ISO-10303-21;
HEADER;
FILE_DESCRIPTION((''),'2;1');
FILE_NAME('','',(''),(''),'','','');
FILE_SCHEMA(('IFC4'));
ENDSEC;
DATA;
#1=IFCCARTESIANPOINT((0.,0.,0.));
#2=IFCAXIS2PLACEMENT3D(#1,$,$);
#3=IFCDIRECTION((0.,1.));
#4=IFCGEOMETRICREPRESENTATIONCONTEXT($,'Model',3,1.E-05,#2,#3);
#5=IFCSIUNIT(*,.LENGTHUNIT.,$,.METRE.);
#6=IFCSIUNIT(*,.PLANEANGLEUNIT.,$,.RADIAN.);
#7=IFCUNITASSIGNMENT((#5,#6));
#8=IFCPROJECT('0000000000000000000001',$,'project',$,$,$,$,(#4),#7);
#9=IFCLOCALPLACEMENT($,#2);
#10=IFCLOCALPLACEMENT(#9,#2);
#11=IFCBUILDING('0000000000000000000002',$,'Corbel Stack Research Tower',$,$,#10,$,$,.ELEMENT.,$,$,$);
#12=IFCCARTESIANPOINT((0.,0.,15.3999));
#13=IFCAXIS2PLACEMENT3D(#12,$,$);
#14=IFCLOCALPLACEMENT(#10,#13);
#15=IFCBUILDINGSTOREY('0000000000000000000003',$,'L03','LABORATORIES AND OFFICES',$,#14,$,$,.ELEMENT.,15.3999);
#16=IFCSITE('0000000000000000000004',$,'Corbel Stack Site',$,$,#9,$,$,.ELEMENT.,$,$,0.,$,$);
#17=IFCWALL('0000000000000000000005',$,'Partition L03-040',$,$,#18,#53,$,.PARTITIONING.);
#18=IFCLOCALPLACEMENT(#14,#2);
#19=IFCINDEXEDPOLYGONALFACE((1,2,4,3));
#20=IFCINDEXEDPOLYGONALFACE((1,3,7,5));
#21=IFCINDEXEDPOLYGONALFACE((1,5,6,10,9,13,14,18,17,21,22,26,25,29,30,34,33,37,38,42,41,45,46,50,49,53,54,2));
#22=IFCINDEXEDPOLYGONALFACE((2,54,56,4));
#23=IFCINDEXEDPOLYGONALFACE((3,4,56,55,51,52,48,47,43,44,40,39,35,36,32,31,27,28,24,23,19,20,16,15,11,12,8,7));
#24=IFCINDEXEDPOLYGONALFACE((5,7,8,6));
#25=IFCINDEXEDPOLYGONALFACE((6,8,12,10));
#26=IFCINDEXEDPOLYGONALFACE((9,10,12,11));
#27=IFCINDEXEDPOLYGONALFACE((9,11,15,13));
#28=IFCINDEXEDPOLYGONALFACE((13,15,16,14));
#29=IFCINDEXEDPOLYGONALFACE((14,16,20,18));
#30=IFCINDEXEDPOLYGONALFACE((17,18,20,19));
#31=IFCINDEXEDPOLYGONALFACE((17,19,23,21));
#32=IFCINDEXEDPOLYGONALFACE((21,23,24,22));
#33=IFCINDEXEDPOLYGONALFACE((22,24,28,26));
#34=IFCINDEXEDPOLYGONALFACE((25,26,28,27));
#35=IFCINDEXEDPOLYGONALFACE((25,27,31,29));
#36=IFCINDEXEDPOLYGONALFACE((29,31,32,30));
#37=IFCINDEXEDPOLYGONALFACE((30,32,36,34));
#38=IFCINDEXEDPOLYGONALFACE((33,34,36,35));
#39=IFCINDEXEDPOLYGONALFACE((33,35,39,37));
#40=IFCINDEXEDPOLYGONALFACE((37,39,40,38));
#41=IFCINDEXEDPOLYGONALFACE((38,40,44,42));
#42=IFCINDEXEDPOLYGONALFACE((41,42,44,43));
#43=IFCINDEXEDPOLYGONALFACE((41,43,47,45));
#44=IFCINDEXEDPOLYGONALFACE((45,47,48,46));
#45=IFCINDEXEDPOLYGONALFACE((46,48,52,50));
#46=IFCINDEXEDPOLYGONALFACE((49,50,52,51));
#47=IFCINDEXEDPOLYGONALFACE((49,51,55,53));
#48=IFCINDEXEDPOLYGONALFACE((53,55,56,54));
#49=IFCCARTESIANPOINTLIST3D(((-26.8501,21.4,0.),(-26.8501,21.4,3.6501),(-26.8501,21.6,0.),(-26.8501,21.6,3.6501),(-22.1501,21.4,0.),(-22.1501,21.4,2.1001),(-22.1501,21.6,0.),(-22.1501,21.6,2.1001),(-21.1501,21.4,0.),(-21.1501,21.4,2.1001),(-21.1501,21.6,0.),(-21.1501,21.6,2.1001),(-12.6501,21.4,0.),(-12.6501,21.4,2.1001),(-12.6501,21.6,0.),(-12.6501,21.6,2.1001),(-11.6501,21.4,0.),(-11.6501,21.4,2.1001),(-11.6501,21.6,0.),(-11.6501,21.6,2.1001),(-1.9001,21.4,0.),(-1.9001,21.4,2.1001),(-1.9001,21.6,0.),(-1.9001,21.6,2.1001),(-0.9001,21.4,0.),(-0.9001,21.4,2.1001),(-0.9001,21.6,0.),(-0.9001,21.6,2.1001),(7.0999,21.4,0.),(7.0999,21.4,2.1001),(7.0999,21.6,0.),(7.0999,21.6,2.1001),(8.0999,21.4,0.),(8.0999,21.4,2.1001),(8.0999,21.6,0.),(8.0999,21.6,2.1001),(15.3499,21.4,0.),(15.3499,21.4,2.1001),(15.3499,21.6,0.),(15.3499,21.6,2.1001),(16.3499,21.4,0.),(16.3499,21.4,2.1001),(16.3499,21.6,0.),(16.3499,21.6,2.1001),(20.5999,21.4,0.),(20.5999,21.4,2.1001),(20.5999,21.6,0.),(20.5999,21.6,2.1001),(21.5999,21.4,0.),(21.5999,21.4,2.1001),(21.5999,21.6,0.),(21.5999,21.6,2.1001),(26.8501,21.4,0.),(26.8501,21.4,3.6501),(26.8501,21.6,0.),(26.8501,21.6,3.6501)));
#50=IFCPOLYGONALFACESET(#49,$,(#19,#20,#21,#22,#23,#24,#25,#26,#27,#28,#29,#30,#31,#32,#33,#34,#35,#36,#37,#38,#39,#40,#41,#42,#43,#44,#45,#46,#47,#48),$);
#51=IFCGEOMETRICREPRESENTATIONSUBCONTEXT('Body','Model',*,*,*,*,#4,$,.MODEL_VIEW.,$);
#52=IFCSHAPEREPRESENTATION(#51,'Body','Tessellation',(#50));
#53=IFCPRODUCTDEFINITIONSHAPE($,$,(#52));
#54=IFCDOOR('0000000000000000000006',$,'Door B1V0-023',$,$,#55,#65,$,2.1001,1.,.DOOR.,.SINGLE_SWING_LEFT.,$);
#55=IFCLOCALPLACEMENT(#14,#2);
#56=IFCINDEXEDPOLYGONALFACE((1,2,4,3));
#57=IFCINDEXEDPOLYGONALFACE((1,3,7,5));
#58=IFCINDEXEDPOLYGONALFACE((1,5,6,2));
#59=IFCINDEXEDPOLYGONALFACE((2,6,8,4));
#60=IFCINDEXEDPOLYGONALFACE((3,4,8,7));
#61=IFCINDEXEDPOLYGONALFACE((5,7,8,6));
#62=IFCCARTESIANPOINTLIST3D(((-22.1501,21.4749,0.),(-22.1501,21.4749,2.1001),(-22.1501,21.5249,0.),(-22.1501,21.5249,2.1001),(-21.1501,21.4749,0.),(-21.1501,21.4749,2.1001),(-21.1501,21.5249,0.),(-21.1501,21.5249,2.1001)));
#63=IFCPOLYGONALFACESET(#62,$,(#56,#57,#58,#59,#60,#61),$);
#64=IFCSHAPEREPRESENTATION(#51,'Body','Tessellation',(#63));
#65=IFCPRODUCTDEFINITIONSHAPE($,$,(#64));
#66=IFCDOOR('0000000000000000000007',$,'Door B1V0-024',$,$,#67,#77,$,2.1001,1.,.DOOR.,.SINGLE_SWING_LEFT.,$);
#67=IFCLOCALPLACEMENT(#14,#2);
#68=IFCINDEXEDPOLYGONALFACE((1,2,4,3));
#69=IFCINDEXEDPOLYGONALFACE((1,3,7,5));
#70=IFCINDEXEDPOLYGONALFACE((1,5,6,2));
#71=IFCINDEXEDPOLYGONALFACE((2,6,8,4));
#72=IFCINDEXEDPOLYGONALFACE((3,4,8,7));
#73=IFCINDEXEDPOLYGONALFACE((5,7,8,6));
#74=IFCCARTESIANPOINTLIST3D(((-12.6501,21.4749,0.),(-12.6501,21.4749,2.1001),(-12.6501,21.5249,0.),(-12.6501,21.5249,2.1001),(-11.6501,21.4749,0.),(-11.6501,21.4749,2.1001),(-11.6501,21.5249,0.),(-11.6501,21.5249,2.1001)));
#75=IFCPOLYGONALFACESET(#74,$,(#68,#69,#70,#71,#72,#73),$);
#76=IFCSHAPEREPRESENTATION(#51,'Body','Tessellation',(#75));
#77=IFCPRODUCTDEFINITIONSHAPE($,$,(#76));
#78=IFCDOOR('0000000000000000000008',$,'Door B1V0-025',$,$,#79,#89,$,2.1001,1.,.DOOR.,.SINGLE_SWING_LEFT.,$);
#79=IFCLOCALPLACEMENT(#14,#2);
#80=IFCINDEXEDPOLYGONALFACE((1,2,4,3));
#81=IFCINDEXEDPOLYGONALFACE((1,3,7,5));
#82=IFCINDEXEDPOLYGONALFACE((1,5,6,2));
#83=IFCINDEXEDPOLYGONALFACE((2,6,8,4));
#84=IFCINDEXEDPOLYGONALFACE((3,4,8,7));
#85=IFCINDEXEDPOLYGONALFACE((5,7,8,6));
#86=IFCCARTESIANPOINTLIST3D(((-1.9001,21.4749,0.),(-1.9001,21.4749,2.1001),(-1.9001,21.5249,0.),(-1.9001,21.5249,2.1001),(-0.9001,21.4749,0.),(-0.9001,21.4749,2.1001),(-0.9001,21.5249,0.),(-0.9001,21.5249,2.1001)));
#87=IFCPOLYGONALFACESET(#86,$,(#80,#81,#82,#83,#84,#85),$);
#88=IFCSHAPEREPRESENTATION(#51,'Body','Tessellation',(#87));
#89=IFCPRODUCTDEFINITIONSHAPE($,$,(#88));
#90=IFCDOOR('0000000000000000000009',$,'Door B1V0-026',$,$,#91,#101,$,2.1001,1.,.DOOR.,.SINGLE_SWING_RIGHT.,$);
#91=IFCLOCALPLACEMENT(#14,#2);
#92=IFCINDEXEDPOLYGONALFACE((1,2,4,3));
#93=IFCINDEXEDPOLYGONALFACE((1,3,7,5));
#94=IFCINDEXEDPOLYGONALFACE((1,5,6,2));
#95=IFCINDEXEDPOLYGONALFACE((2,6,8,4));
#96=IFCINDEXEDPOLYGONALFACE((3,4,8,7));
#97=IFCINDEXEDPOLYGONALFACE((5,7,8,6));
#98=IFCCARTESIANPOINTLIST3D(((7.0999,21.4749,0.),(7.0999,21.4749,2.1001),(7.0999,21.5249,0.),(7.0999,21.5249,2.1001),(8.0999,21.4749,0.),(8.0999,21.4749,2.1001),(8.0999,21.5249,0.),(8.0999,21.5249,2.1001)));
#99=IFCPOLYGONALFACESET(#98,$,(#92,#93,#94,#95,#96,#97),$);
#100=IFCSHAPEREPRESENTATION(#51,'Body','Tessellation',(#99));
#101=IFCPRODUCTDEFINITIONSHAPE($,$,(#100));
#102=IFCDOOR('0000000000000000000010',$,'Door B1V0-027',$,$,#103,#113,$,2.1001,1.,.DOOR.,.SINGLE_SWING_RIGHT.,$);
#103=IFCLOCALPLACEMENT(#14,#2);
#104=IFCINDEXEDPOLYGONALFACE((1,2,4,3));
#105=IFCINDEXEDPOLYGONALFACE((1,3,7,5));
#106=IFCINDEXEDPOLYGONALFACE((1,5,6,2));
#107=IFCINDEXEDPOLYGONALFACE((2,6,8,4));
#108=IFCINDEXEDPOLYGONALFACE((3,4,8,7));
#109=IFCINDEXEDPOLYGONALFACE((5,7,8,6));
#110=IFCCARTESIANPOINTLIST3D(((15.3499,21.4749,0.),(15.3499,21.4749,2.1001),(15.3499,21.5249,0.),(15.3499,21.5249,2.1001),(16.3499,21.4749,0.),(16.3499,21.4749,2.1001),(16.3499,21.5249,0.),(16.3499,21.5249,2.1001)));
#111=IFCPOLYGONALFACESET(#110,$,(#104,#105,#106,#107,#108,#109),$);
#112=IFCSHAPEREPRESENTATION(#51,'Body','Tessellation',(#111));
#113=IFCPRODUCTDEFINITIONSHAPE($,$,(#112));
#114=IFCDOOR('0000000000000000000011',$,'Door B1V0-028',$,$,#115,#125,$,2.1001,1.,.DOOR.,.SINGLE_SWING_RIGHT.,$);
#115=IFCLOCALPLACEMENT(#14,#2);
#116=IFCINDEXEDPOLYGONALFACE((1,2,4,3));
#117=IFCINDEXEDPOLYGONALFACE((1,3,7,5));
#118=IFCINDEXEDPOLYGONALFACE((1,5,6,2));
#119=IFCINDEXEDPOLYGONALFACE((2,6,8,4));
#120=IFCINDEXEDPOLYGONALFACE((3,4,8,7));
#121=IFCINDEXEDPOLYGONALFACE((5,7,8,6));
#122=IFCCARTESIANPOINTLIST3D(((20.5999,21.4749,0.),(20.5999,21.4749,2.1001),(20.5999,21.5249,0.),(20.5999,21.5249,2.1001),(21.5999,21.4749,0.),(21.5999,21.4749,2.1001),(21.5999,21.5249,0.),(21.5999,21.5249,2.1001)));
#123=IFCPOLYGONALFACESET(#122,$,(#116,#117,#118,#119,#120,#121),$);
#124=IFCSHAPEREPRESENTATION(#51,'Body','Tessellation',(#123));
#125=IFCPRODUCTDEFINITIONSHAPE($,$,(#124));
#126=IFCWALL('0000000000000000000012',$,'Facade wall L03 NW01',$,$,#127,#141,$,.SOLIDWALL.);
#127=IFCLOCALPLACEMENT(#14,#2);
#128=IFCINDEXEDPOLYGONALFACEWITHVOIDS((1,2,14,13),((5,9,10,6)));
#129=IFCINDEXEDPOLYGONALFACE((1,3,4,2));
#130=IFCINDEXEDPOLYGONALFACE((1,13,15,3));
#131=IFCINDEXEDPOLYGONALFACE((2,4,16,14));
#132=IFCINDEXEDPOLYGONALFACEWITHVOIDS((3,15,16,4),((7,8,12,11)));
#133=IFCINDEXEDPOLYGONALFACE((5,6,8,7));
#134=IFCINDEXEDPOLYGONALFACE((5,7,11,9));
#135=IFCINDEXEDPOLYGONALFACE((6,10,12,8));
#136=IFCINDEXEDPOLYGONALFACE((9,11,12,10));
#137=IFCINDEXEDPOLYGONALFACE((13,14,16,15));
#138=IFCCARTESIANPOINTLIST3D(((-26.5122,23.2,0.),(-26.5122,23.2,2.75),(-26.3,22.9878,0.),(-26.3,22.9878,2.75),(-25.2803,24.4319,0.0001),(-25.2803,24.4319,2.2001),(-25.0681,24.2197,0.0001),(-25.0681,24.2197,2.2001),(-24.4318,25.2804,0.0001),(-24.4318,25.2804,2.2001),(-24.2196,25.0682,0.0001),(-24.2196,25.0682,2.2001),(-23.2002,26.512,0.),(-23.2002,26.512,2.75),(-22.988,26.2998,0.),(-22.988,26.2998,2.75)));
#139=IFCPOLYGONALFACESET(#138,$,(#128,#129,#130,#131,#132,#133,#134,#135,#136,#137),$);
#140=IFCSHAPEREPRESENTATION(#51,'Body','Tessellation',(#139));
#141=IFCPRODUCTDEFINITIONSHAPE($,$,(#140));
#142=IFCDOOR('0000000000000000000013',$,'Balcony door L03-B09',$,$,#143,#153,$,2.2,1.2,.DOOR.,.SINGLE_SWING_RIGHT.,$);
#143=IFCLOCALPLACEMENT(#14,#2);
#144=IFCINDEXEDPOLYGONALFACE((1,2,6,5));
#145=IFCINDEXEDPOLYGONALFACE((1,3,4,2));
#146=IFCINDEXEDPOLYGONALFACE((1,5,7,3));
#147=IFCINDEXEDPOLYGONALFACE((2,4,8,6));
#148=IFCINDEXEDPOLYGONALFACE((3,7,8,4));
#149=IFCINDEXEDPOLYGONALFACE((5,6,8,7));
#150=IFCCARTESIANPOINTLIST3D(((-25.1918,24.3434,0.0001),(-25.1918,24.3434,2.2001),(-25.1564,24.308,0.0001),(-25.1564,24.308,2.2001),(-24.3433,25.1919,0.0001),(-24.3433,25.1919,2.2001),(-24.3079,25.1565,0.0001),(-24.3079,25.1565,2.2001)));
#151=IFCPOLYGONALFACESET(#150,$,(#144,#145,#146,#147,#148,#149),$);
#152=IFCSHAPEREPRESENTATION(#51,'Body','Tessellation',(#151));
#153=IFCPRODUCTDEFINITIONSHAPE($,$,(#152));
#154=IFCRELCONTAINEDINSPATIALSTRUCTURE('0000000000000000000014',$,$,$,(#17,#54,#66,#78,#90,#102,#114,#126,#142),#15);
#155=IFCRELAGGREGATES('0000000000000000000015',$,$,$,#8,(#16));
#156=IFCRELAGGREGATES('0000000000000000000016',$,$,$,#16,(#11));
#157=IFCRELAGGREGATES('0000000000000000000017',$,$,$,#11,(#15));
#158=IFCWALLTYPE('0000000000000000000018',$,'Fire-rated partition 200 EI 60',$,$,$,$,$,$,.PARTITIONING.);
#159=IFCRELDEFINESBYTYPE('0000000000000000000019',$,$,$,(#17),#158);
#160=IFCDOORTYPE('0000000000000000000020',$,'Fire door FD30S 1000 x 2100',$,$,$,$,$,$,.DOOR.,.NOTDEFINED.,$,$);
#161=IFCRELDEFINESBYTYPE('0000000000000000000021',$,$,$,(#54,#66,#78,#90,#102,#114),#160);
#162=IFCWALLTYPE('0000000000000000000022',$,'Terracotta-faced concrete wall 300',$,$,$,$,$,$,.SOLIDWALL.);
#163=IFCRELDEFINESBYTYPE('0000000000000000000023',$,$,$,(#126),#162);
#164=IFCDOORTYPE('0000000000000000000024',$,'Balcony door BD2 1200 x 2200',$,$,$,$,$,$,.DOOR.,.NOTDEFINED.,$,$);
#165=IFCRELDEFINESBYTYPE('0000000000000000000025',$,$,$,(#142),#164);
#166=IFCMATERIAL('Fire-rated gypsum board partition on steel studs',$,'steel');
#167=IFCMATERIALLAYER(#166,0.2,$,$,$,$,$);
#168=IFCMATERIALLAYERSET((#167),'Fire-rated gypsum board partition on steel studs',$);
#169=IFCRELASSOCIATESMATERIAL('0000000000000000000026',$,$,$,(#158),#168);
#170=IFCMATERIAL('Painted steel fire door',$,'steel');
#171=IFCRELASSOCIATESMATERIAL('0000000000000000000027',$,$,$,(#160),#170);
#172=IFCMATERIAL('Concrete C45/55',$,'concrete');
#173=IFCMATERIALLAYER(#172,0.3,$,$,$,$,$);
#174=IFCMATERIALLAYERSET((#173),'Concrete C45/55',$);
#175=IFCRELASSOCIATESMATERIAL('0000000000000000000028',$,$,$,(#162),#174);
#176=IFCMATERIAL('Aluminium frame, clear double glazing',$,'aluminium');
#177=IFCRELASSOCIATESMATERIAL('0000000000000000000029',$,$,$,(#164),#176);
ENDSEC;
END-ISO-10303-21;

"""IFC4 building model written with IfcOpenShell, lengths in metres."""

from ifc_helpers import new_model, si_unit, direction, frame, frame_2d, origin, place, context, subcontext, project, spatial, rectangle, extrude, material, layer, layer_set, type_object, element, fill, save


model = new_model("IFC4")

# Units and contexts
model_context = context("Model", 3, precision=1e-05, world=origin(), true_north=direction((0.0, 1.0)))
body_context = subcontext(model_context, "Body", "Model", "MODEL_VIEW")
ifc_project = project(units=[si_unit("LENGTHUNIT", "METRE"), si_unit("PLANEANGLEUNIT", "RADIAN")], contexts=[model_context])

# Site, building, storey
site_placement = place(None, origin())
site = spatial("IfcSite", under=ifc_project, at=site_placement, Name="Corbel Stack Site", CompositionType="ELEMENT", RefElevation=0.0)
building_placement = place(site_placement, origin())
building = spatial("IfcBuilding", under=site, at=building_placement, Name="Corbel Stack Research Tower", CompositionType="ELEMENT")
storey_placement = place(building_placement, frame((0.0, 0.0, 15.3999)))
storey = spatial("IfcBuildingStorey", under=building, at=storey_placement, Name="L03", Description="LABORATORIES AND OFFICES", CompositionType="ELEMENT", Elevation=15.3999)

# Wall, openings, doors
ifc_material_1 = material(Name="Fire-rated gypsum board partition on steel studs", Category="steel")
ifc_layer_1 = layer(ifc_material_1, 0.2)
ifc_layer_set_1 = layer_set([ifc_layer_1], Name="Fire-rated gypsum board partition on steel studs")
wall_type_1 = type_object("IfcWallType", Name="Fire-rated partition 200 EI 60", PredefinedType="PARTITIONING", material=ifc_layer_set_1)
wall_1_placement = place(storey_placement, frame((-26.8501, 21.5, 0.0), z_axis=(0.0, 0.0, 1.0), x_axis=(1.0, 0.0, 0.0)))
wall_1 = element("IfcWall", 1, at=wall_1_placement, inside=storey, type_object=wall_type_1, Name="Partition L03-040", PredefinedType="PARTITIONING", context=body_context, shape_type="SweptSolid", body=[
    extrude(rectangle(XDim=53.7002, YDim=0.2, at=frame_2d((26.8501, 0.0))), origin(), (0.0, 0.0, 1.0), 3.6501),
])
opening_1_placement = place(wall_1_placement, frame((4.7, 0.0, 0.0)))
opening_1 = element("IfcOpeningElement", 2, at=opening_1_placement, cuts=wall_1, PredefinedType="OPENING", context=body_context, shape_type="SweptSolid", body=[
    extrude(rectangle(XDim=1.0, YDim=2.1001, at=frame_2d((0.5, 1.05))), frame((0.0, 0.1099, 0.0), z_axis=(0.0, -1.0, 0.0), x_axis=(1.0, 0.0, 0.0)), (0.0, 0.0, 1.0), 0.22),
])
opening_2_placement = place(wall_1_placement, frame((14.2, 0.0, 0.0)))
opening_2 = element("IfcOpeningElement", 3, at=opening_2_placement, cuts=wall_1, PredefinedType="OPENING", context=body_context, shape_type="SweptSolid", body=[
    extrude(rectangle(XDim=1.0, YDim=2.1001, at=frame_2d((0.5, 1.05))), frame((0.0, 0.1099, 0.0), z_axis=(0.0, -1.0, 0.0), x_axis=(1.0, 0.0, 0.0)), (0.0, 0.0, 1.0), 0.22),
])
opening_3_placement = place(wall_1_placement, frame((24.95, 0.0, 0.0)))
opening_3 = element("IfcOpeningElement", 4, at=opening_3_placement, cuts=wall_1, PredefinedType="OPENING", context=body_context, shape_type="SweptSolid", body=[
    extrude(rectangle(XDim=1.0, YDim=2.1001, at=frame_2d((0.5, 1.05))), frame((0.0, 0.1099, 0.0), z_axis=(0.0, -1.0, 0.0), x_axis=(1.0, 0.0, 0.0)), (0.0, 0.0, 1.0), 0.22),
])
opening_4_placement = place(wall_1_placement, frame((33.95, 0.0, 0.0)))
opening_4 = element("IfcOpeningElement", 5, at=opening_4_placement, cuts=wall_1, PredefinedType="OPENING", context=body_context, shape_type="SweptSolid", body=[
    extrude(rectangle(XDim=1.0, YDim=2.1001, at=frame_2d((0.5, 1.05))), frame((0.0, 0.1099, 0.0), z_axis=(0.0, -1.0, 0.0), x_axis=(1.0, 0.0, 0.0)), (0.0, 0.0, 1.0), 0.22),
])
opening_5_placement = place(wall_1_placement, frame((42.2, 0.0, 0.0)))
opening_5 = element("IfcOpeningElement", 6, at=opening_5_placement, cuts=wall_1, PredefinedType="OPENING", context=body_context, shape_type="SweptSolid", body=[
    extrude(rectangle(XDim=1.0, YDim=2.1001, at=frame_2d((0.5, 1.05))), frame((0.0, 0.1099, 0.0), z_axis=(0.0, -1.0, 0.0), x_axis=(1.0, 0.0, 0.0)), (0.0, 0.0, 1.0), 0.22),
])
opening_6_placement = place(wall_1_placement, frame((47.45, 0.0, 0.0)))
opening_6 = element("IfcOpeningElement", 7, at=opening_6_placement, cuts=wall_1, PredefinedType="OPENING", context=body_context, shape_type="SweptSolid", body=[
    extrude(rectangle(XDim=1.0, YDim=2.1001, at=frame_2d((0.5, 1.05))), frame((0.0, 0.1099, 0.0), z_axis=(0.0, -1.0, 0.0), x_axis=(1.0, 0.0, 0.0)), (0.0, 0.0, 1.0), 0.22),
])
ifc_material_2 = material(Name="Painted steel fire door", Category="steel")
door_type_1 = type_object("IfcDoorType", Name="Fire door FD30S 1000 x 2100", OperationType="NOTDEFINED", PredefinedType="DOOR", material=ifc_material_2)
door_1_placement = place(opening_1_placement, origin())
door_1 = element("IfcDoor", 8, at=door_1_placement, inside=storey, type_object=door_type_1, Name="Door B1V0-023", OperationType="SINGLE_SWING_LEFT", OverallHeight=2.1001, OverallWidth=1.0, PredefinedType="DOOR", context=body_context, shape_type="SweptSolid", body=[
    extrude(rectangle(XDim=1.0, YDim=2.1001, at=frame_2d((0.5, 1.05))), frame((0.0, 0.0249, 0.0), z_axis=(0.0, -1.0, 0.0), x_axis=(1.0, 0.0, 0.0)), (0.0, 0.0, 1.0), 0.05),
])
fill(opening_1, door_1)
door_2_placement = place(opening_2_placement, origin())
door_2 = element("IfcDoor", 9, at=door_2_placement, inside=storey, type_object=door_type_1, Name="Door B1V0-024", OperationType="SINGLE_SWING_LEFT", OverallHeight=2.1001, OverallWidth=1.0, PredefinedType="DOOR", context=body_context, shape_type="SweptSolid", body=[
    extrude(rectangle(XDim=1.0, YDim=2.1001, at=frame_2d((0.5, 1.05))), frame((0.0, 0.0249, 0.0), z_axis=(0.0, -1.0, 0.0), x_axis=(1.0, 0.0, 0.0)), (0.0, 0.0, 1.0), 0.05),
])
fill(opening_2, door_2)
door_3_placement = place(opening_3_placement, origin())
door_3 = element("IfcDoor", 10, at=door_3_placement, inside=storey, type_object=door_type_1, Name="Door B1V0-025", OperationType="SINGLE_SWING_LEFT", OverallHeight=2.1001, OverallWidth=1.0, PredefinedType="DOOR", context=body_context, shape_type="SweptSolid", body=[
    extrude(rectangle(XDim=1.0, YDim=2.1001, at=frame_2d((0.5, 1.05))), frame((0.0, 0.0249, 0.0), z_axis=(0.0, -1.0, 0.0), x_axis=(1.0, 0.0, 0.0)), (0.0, 0.0, 1.0), 0.05),
])
fill(opening_3, door_3)
door_4_placement = place(opening_4_placement, origin())
door_4 = element("IfcDoor", 11, at=door_4_placement, inside=storey, type_object=door_type_1, Name="Door B1V0-026", OperationType="SINGLE_SWING_RIGHT", OverallHeight=2.1001, OverallWidth=1.0, PredefinedType="DOOR", context=body_context, shape_type="SweptSolid", body=[
    extrude(rectangle(XDim=1.0, YDim=2.1001, at=frame_2d((0.5, 1.05))), frame((0.0, 0.0249, 0.0), z_axis=(0.0, -1.0, 0.0), x_axis=(1.0, 0.0, 0.0)), (0.0, 0.0, 1.0), 0.05),
])
fill(opening_4, door_4)
door_5_placement = place(opening_5_placement, origin())
door_5 = element("IfcDoor", 12, at=door_5_placement, inside=storey, type_object=door_type_1, Name="Door B1V0-027", OperationType="SINGLE_SWING_RIGHT", OverallHeight=2.1001, OverallWidth=1.0, PredefinedType="DOOR", context=body_context, shape_type="SweptSolid", body=[
    extrude(rectangle(XDim=1.0, YDim=2.1001, at=frame_2d((0.5, 1.05))), frame((0.0, 0.0249, 0.0), z_axis=(0.0, -1.0, 0.0), x_axis=(1.0, 0.0, 0.0)), (0.0, 0.0, 1.0), 0.05),
])
fill(opening_5, door_5)
door_6_placement = place(opening_6_placement, origin())
door_6 = element("IfcDoor", 13, at=door_6_placement, inside=storey, type_object=door_type_1, Name="Door B1V0-028", OperationType="SINGLE_SWING_RIGHT", OverallHeight=2.1001, OverallWidth=1.0, PredefinedType="DOOR", context=body_context, shape_type="SweptSolid", body=[
    extrude(rectangle(XDim=1.0, YDim=2.1001, at=frame_2d((0.5, 1.05))), frame((0.0, 0.0249, 0.0), z_axis=(0.0, -1.0, 0.0), x_axis=(1.0, 0.0, 0.0)), (0.0, 0.0, 1.0), 0.05),
])
fill(opening_6, door_6)

# Wall, opening, door
ifc_material_3 = material(Name="Concrete C45/55", Category="concrete")
ifc_layer_2 = layer(ifc_material_3, 0.3)
ifc_layer_set_2 = layer_set([ifc_layer_2], Name="Concrete C45/55")
wall_type_2 = type_object("IfcWallType", Name="Terracotta-faced concrete wall 300", PredefinedType="SOLIDWALL", material=ifc_layer_set_2)
wall_2_placement = place(storey_placement, frame((-26.406, 23.094, 0.0), z_axis=(0.0, 0.0, 1.0), x_axis=(0.707107, 0.707107, 0.0)))
wall_2 = element("IfcWall", 14, at=wall_2_placement, inside=storey, type_object=wall_type_2, Name="Facade wall L03 NW01", PredefinedType="SOLIDWALL", context=body_context, shape_type="SweptSolid", body=[
    extrude(rectangle(XDim=4.6838, YDim=0.3, at=frame_2d((2.3418, 0.0))), origin(), (0.0, 0.0, 1.0), 2.75),
])
opening_7_placement = place(wall_2_placement, frame((1.7419, 0.0, 0.0)))
opening_7 = element("IfcOpeningElement", 15, at=opening_7_placement, cuts=wall_2, PredefinedType="OPENING", context=body_context, shape_type="SweptSolid", body=[
    extrude(rectangle(XDim=1.2, YDim=2.2, at=frame_2d((0.6001, 1.1001))), frame((0.0, 0.1599, 0.0), z_axis=(0.0, -1.0, 0.0), x_axis=(1.0, 0.0, 0.0)), (0.0, 0.0, 1.0), 0.3201),
])
ifc_material_4 = material(Name="Aluminium frame, clear double glazing", Category="aluminium")
door_type_2 = type_object("IfcDoorType", Name="Balcony door BD2 1200 x 2200", OperationType="NOTDEFINED", PredefinedType="DOOR", material=ifc_material_4)
door_7_placement = place(opening_7_placement, origin())
door_7 = element("IfcDoor", 16, at=door_7_placement, inside=storey, type_object=door_type_2, Name="Balcony door L03-B09", OperationType="SINGLE_SWING_RIGHT", OverallHeight=2.2, OverallWidth=1.2, PredefinedType="DOOR", context=body_context, shape_type="SweptSolid", body=[
    extrude(rectangle(XDim=1.2, YDim=2.2, at=frame_2d((0.6001, 1.1001))), frame((0.0, 0.0249, 0.0), z_axis=(0.0, -1.0, 0.0), x_axis=(1.0, 0.0, 0.0)), (0.0, 0.0, 1.0), 0.05),
])
fill(opening_7, door_7)

save(model, "model.ifc")
